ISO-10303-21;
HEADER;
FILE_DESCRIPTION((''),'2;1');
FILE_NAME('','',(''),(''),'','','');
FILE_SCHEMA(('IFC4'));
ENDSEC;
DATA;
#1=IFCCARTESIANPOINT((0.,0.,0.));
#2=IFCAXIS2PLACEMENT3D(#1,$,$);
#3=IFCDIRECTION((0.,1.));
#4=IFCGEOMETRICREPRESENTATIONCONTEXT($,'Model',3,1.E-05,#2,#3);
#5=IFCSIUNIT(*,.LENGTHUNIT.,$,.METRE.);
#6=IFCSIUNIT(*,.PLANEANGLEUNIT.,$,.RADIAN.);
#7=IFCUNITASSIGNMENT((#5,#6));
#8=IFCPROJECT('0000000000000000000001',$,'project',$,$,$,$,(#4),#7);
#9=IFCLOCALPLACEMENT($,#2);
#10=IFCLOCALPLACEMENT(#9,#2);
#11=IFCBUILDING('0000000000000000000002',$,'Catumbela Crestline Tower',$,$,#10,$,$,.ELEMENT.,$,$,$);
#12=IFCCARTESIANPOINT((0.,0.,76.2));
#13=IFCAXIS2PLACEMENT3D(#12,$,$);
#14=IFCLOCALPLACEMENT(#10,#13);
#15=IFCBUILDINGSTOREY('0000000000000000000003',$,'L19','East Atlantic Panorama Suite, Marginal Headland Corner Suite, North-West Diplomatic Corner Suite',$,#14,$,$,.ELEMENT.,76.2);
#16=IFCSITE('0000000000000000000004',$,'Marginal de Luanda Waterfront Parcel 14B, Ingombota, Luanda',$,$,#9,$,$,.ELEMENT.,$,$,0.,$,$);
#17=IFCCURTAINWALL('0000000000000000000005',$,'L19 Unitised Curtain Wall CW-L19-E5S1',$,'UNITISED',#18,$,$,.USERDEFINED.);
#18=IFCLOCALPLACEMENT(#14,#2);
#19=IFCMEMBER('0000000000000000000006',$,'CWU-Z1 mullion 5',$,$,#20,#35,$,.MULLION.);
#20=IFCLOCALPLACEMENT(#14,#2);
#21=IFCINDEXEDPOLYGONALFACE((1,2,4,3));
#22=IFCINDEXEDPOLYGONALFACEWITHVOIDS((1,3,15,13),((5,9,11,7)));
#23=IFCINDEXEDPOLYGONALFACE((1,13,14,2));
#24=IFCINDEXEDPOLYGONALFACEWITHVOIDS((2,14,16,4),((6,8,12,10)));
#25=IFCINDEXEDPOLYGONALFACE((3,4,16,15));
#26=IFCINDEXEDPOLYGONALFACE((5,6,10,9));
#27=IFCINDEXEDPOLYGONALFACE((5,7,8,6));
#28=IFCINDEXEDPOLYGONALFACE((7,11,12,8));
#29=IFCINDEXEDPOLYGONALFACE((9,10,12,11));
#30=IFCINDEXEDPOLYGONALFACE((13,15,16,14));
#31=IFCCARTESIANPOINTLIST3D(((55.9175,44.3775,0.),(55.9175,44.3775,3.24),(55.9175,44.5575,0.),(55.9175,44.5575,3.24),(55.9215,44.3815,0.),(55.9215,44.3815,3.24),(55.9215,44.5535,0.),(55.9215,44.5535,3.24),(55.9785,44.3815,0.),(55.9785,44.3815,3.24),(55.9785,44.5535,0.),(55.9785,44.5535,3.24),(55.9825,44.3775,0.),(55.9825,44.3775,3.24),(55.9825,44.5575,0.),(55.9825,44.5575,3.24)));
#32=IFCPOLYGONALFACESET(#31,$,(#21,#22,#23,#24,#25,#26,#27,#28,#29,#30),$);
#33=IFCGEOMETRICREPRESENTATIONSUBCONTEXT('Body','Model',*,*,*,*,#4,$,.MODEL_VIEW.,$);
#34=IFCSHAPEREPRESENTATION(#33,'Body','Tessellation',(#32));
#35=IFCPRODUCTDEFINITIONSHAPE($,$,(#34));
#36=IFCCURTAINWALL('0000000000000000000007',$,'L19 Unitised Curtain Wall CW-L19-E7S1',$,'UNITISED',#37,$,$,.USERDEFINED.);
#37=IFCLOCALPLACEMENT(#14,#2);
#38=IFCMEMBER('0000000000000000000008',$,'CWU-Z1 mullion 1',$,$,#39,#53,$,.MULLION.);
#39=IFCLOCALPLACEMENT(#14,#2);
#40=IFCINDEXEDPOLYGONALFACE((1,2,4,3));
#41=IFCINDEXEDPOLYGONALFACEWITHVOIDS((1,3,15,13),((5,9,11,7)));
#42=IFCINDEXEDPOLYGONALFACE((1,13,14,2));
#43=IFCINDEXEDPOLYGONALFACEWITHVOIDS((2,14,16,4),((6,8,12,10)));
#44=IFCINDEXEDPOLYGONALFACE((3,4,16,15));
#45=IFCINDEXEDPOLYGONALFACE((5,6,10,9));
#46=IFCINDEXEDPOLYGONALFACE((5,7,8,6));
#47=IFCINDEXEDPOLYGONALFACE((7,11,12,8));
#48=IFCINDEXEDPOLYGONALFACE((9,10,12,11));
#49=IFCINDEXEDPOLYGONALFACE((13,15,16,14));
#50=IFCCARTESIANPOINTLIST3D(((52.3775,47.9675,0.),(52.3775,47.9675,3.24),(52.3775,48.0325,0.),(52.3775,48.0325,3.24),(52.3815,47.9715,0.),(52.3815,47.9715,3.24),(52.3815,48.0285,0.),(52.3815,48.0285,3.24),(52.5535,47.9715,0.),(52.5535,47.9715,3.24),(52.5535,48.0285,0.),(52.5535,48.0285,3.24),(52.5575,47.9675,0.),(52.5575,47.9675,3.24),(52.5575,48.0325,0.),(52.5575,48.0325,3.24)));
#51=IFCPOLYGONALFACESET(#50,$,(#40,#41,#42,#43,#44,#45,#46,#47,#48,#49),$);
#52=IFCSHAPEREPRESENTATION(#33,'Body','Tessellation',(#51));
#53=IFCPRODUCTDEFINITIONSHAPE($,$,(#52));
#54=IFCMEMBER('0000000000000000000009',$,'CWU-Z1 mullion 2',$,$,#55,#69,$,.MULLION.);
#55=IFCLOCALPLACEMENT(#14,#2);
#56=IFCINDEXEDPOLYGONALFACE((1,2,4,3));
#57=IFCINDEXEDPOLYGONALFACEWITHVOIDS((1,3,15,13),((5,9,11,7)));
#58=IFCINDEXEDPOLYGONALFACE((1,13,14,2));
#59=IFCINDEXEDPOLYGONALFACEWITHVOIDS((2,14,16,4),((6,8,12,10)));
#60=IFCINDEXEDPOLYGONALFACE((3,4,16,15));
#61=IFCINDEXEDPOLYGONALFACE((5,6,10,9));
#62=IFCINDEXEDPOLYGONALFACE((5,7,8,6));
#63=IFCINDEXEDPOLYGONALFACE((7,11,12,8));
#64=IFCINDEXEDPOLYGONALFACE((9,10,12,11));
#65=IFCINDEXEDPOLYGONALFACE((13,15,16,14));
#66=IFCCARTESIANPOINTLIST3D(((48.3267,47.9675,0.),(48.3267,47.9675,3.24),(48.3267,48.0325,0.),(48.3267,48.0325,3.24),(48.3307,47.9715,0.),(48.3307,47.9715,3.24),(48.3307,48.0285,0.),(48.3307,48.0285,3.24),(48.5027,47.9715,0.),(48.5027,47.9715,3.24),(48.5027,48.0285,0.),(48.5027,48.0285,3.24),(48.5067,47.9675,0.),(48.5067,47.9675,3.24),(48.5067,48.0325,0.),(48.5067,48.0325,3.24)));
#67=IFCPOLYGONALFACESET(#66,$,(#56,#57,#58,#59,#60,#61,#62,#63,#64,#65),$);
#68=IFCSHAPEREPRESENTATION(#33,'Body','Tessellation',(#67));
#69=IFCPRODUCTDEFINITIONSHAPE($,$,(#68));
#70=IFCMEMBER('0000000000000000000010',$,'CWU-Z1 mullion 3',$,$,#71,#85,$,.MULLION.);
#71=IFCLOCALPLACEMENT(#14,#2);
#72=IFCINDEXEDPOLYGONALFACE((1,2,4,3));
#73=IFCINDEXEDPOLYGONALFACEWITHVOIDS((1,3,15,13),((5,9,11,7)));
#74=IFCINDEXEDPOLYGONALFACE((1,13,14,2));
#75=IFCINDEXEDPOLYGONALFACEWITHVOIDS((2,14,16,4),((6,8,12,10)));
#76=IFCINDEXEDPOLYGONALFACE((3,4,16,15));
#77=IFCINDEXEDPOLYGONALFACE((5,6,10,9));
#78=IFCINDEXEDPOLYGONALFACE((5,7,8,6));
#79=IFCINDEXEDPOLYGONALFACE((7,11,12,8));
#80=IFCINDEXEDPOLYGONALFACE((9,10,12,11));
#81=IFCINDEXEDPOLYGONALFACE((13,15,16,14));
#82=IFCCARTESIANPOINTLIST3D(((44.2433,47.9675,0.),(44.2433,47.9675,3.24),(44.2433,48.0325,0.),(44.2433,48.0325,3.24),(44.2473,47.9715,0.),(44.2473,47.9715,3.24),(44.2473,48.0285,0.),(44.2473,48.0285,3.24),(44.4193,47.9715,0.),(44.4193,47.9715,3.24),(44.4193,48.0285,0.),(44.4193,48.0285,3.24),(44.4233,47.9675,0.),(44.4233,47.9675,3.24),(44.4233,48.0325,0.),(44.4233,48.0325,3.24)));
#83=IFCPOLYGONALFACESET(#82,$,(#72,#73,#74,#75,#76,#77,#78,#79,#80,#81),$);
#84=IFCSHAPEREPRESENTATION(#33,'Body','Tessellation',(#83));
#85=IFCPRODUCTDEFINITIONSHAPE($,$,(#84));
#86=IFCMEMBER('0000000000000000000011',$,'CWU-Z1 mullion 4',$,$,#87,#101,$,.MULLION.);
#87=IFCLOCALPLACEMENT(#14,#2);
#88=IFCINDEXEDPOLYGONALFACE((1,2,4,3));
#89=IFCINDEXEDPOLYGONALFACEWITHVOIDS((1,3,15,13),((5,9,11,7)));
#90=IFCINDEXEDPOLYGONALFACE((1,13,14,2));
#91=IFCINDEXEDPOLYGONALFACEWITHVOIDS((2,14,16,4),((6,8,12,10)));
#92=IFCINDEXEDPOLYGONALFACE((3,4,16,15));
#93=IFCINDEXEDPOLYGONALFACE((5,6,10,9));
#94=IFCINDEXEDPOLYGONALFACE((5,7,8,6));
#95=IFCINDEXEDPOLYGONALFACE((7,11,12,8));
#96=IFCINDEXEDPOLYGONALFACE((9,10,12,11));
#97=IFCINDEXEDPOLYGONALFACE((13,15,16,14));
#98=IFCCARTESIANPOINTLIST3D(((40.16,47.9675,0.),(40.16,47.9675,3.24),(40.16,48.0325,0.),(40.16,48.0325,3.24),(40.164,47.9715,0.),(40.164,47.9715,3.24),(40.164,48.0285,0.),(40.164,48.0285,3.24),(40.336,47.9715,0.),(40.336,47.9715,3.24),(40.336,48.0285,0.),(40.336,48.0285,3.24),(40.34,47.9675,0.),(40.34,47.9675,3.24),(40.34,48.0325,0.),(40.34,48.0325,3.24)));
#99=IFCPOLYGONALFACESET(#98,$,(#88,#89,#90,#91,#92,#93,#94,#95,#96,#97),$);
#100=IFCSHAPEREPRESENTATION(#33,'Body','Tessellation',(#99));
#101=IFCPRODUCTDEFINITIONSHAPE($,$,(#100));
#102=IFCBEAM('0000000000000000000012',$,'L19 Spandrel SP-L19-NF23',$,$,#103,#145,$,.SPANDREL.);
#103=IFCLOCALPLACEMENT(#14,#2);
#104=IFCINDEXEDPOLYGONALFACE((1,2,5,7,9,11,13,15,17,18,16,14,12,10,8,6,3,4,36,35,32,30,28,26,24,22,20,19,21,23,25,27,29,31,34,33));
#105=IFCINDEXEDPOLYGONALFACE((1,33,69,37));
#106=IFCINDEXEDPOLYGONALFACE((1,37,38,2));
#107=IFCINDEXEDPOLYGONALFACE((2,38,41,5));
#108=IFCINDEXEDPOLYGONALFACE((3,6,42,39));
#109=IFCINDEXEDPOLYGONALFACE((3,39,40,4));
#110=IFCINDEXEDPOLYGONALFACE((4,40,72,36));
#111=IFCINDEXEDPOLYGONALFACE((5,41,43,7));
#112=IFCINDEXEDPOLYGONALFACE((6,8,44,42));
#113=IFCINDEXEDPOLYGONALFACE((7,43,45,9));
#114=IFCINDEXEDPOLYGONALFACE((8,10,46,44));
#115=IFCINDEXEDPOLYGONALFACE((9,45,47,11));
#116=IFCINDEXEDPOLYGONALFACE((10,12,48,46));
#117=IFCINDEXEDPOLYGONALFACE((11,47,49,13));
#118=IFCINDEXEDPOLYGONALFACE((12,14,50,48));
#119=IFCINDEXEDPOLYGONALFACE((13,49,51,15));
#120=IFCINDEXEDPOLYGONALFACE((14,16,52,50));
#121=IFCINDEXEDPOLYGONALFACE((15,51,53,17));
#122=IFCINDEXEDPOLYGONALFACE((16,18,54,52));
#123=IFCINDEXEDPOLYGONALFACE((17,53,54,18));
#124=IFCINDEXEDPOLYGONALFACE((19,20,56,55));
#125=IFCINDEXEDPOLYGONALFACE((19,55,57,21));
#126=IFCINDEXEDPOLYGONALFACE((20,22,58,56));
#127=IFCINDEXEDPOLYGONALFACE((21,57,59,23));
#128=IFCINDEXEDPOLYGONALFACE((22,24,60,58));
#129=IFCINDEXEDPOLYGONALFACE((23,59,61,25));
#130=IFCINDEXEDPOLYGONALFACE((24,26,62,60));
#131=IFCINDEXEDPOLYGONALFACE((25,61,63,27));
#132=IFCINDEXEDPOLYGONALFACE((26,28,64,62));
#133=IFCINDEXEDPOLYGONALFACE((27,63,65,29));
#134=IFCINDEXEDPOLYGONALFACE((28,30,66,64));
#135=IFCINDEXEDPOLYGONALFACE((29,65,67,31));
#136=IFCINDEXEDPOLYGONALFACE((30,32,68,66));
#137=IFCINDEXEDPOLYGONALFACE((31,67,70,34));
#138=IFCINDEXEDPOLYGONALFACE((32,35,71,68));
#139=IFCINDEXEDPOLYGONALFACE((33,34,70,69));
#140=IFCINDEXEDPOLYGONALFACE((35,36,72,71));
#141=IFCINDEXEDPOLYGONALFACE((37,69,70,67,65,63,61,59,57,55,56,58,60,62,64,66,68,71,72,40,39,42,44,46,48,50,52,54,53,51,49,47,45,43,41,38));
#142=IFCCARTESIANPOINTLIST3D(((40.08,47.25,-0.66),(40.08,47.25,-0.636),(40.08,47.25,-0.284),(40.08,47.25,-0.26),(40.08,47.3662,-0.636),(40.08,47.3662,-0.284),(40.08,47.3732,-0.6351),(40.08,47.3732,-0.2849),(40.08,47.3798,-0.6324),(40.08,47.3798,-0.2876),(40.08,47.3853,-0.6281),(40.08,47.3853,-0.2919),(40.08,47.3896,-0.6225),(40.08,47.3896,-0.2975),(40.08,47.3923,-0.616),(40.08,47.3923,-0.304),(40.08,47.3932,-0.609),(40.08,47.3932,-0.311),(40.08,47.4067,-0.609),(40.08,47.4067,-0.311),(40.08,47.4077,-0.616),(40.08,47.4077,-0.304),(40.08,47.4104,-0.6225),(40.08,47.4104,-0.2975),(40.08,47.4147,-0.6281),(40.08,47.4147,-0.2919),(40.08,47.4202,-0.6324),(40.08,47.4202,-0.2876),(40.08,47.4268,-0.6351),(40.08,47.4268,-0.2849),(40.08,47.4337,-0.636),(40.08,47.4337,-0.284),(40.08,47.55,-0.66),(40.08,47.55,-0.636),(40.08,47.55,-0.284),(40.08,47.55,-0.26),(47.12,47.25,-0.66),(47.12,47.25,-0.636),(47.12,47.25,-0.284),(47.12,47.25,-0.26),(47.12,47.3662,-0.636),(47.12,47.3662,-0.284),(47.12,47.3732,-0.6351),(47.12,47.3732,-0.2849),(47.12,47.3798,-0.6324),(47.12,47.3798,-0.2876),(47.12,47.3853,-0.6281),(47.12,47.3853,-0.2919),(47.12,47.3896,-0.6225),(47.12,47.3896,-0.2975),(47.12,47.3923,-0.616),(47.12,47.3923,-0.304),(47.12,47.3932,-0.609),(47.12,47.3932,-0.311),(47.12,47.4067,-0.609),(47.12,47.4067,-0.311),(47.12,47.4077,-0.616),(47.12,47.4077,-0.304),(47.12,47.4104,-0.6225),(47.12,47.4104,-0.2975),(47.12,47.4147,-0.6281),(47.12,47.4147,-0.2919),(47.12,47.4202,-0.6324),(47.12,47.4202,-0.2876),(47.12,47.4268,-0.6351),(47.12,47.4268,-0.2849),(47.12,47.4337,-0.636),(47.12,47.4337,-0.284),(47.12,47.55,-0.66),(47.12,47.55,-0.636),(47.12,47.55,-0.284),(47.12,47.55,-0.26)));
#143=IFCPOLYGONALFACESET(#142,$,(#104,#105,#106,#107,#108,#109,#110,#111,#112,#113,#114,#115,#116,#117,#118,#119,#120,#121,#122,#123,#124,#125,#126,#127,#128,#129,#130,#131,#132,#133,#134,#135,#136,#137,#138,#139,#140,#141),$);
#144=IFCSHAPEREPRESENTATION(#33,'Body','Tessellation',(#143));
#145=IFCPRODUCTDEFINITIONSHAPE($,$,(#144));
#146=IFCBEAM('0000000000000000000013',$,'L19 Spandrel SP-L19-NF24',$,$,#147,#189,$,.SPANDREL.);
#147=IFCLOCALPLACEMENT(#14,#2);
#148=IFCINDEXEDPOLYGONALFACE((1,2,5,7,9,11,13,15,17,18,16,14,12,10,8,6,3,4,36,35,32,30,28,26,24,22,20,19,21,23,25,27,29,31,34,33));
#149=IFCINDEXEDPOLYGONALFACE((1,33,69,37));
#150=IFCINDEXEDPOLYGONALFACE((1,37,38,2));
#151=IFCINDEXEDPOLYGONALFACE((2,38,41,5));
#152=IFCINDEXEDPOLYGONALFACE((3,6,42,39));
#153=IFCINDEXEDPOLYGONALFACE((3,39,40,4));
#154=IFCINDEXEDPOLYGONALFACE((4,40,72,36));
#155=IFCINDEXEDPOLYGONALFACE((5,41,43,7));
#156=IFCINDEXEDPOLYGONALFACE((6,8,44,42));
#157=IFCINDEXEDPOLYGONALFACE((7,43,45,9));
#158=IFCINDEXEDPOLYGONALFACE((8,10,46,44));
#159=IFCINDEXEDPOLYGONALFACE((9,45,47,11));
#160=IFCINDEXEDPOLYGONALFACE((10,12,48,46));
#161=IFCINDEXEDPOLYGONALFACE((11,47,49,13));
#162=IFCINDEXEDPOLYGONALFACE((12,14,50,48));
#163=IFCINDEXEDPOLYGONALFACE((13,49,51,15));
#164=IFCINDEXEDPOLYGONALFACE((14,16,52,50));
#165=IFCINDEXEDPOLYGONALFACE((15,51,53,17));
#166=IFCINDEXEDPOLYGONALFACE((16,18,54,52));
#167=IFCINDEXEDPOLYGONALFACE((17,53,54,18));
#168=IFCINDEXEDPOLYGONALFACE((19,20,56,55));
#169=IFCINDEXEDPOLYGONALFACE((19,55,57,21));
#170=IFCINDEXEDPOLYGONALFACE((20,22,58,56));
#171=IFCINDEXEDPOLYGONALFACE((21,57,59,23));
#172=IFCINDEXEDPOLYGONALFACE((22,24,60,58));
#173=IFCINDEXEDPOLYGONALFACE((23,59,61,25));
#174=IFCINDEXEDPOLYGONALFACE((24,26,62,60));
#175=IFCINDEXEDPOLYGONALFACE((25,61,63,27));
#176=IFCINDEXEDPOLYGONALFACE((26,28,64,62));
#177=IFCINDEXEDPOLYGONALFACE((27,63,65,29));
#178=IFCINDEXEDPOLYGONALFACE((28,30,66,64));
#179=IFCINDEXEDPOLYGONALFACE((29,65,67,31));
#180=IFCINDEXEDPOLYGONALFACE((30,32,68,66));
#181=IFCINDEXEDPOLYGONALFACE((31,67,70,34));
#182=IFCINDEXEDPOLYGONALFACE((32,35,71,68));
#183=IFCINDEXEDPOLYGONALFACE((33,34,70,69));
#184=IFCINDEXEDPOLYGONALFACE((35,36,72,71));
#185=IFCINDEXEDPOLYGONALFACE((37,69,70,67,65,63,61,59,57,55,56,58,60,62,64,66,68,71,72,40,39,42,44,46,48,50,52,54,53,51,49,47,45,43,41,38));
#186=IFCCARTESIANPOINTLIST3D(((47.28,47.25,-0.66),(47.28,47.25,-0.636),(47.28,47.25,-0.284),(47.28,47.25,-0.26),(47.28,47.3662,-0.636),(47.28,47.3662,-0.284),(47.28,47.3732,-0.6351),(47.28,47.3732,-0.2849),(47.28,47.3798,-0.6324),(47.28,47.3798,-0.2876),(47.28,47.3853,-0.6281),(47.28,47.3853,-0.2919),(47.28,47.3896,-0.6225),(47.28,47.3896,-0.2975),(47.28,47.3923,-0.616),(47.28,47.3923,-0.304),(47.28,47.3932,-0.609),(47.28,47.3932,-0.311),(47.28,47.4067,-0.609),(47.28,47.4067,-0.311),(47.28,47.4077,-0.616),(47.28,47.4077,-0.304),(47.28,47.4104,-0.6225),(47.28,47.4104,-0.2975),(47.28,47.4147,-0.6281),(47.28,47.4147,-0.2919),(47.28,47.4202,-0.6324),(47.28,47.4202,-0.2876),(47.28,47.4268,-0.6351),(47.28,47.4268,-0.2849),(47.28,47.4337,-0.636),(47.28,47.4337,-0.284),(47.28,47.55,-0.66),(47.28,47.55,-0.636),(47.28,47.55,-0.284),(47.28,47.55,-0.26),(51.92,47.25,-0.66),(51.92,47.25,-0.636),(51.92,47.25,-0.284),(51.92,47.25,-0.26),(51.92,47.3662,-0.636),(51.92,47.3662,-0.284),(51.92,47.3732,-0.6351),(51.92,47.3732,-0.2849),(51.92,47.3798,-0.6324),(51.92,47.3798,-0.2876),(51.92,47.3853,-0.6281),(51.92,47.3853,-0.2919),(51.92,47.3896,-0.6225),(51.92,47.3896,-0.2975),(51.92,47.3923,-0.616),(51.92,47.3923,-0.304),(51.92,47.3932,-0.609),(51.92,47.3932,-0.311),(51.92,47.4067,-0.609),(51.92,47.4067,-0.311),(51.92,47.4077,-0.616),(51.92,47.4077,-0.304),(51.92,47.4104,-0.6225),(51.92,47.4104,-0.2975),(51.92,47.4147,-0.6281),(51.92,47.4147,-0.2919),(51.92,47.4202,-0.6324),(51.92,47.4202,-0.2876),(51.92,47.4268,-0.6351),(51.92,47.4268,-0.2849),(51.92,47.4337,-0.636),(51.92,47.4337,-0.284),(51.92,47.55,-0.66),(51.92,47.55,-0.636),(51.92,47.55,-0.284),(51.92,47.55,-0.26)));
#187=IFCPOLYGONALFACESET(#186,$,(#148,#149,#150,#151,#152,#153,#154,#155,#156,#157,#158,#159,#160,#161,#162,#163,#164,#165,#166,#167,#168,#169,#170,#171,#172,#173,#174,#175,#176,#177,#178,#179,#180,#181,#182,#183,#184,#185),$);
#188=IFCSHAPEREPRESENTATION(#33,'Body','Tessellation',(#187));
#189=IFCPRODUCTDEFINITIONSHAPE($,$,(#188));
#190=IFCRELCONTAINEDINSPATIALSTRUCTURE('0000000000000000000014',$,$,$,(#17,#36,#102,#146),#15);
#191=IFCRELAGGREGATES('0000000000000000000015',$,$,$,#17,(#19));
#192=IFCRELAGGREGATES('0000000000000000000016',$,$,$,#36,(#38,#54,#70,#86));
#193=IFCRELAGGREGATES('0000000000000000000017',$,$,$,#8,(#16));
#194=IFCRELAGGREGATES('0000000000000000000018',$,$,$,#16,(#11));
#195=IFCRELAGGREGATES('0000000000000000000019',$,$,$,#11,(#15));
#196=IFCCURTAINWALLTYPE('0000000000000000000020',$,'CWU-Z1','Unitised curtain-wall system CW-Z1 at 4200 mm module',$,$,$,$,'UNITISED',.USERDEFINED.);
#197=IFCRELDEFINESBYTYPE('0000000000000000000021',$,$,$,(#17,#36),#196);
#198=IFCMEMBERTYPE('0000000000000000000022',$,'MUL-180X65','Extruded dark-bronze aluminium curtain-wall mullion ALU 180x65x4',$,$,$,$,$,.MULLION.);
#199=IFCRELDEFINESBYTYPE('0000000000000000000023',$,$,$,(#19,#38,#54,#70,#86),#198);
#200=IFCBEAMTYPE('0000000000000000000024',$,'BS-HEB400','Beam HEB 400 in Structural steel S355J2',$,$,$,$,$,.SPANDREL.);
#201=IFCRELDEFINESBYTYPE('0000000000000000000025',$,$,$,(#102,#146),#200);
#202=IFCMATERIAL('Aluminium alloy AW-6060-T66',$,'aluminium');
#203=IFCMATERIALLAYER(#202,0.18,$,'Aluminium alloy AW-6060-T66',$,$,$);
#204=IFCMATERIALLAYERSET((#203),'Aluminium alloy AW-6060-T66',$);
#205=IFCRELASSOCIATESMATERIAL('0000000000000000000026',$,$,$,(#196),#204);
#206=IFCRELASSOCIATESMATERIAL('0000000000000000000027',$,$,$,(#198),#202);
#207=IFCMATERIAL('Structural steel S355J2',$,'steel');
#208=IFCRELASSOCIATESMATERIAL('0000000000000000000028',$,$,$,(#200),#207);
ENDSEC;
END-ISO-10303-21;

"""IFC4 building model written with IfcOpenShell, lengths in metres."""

from ifc_helpers import new_model, si_unit, direction, frame, origin, origin_2d, place, context, subcontext, project, spatial, hollow_rectangle, i_section, extrude, material, layer, layer_set, material_profile, profile_set, type_object, element, aggregate, save


model = new_model("IFC4")

# Units and contexts
model_context = context("Model", 3, precision=1e-05, world=origin(), true_north=direction((0.0, 1.0)))
body_context = subcontext(model_context, "Body", "Model", "MODEL_VIEW")
ifc_project = project(units=[si_unit("LENGTHUNIT", "METRE"), si_unit("PLANEANGLEUNIT", "RADIAN")], contexts=[model_context])

# Site, building, storey
site_placement = place(None, origin())
site = spatial("IfcSite", under=ifc_project, at=site_placement, Name="Marginal de Luanda Waterfront Parcel 14B, Ingombota, Luanda", CompositionType="ELEMENT", RefElevation=0.0)
building_placement = place(site_placement, origin())
building = spatial("IfcBuilding", under=site, at=building_placement, Name="Catumbela Crestline Tower", CompositionType="ELEMENT")
storey_placement = place(building_placement, frame((0.0, 0.0, 76.2)))
storey = spatial("IfcBuildingStorey", under=building, at=storey_placement, Name="L19", Description="East Atlantic Panorama Suite, Marginal Headland Corner Suite, North-West Diplomatic Corner Suite", CompositionType="ELEMENT", Elevation=76.2)

# Curtain wall, member
ifc_material_1 = material(Name="Aluminium alloy AW-6060-T66", Category="aluminium")
ifc_layer_1 = layer(ifc_material_1, 0.18, Name="Aluminium alloy AW-6060-T66")
ifc_layer_set_1 = layer_set([ifc_layer_1], Name="Aluminium alloy AW-6060-T66")
curtain_wall_type = type_object("IfcCurtainWallType", Name="CWU-Z1", Description="Unitised curtain-wall system CW-Z1 at 4200 mm module", ElementType="UNITISED", PredefinedType="USERDEFINED", material=ifc_layer_set_1)
curtain_wall_1_placement = place(storey_placement, origin())
curtain_wall_1 = element("IfcCurtainWall", 1, at=curtain_wall_1_placement, inside=storey, type_object=curtain_wall_type, Name="L19 Unitised Curtain Wall CW-L19-E5S1", ObjectType="UNITISED", PredefinedType="USERDEFINED")
ifc_material_profile_1 = material_profile(ifc_material_1, hollow_rectangle(XDim=0.065, YDim=0.18, WallThickness=0.004, at=origin_2d()), Name="ALU 180x65x4")
ifc_profile_set_1 = profile_set([ifc_material_profile_1], Name="Aluminium alloy AW-6060-T66")
member_type_1 = type_object("IfcMemberType", Name="MUL-180X65", Description="Extruded dark-bronze aluminium curtain-wall mullion ALU 180x65x4", PredefinedType="MULLION", material=ifc_profile_set_1)
member_1_placement = place(storey_placement, frame((55.95, 44.4675, 0.0), z_axis=(0.0, 0.0, 1.0), x_axis=(-1.0, 0.0, 0.0)))
member_1 = element("IfcMember", 2, at=member_1_placement, type_object=member_type_1, Name="CWU-Z1 mullion 5", PredefinedType="MULLION", context=body_context, shape_type="SweptSolid", body=[
    extrude(hollow_rectangle(XDim=0.065, YDim=0.18, WallThickness=0.004, at=origin_2d()), origin(), (0.0, 0.0, 1.0), 3.24),
])

# Curtain wall, members
curtain_wall_2_placement = place(storey_placement, origin())
curtain_wall_2 = element("IfcCurtainWall", 3, at=curtain_wall_2_placement, inside=storey, type_object=curtain_wall_type, Name="L19 Unitised Curtain Wall CW-L19-E7S1", ObjectType="UNITISED", PredefinedType="USERDEFINED")
member_2_placement = place(storey_placement, frame((52.4675, 48.0, 0.0), z_axis=(0.0, 0.0, 1.0), x_axis=(0.0, -1.0, 0.0)))
member_2 = element("IfcMember", 4, at=member_2_placement, type_object=member_type_1, Name="CWU-Z1 mullion 1", PredefinedType="MULLION", context=body_context, shape_type="SweptSolid", body=[
    extrude(hollow_rectangle(XDim=0.065, YDim=0.18, WallThickness=0.004, at=origin_2d()), origin(), (0.0, 0.0, 1.0), 3.24),
])
member_3_placement = place(storey_placement, frame((48.4167, 48.0, 0.0), z_axis=(0.0, 0.0, 1.0), x_axis=(0.0, -1.0, 0.0)))
member_3 = element("IfcMember", 5, at=member_3_placement, type_object=member_type_1, Name="CWU-Z1 mullion 2", PredefinedType="MULLION", context=body_context, shape_type="SweptSolid", body=[
    extrude(hollow_rectangle(XDim=0.065, YDim=0.18, WallThickness=0.004, at=origin_2d()), origin(), (0.0, 0.0, 1.0), 3.24),
])
member_4_placement = place(storey_placement, frame((44.3333, 48.0, 0.0), z_axis=(0.0, 0.0, 1.0), x_axis=(0.0, -1.0, 0.0)))
member_4 = element("IfcMember", 6, at=member_4_placement, type_object=member_type_1, Name="CWU-Z1 mullion 3", PredefinedType="MULLION", context=body_context, shape_type="SweptSolid", body=[
    extrude(hollow_rectangle(XDim=0.065, YDim=0.18, WallThickness=0.004, at=origin_2d()), origin(), (0.0, 0.0, 1.0), 3.24),
])
member_5_placement = place(storey_placement, frame((40.25, 48.0, 0.0), z_axis=(0.0, 0.0, 1.0), x_axis=(0.0, -1.0, 0.0)))
member_5 = element("IfcMember", 7, at=member_5_placement, type_object=member_type_1, Name="CWU-Z1 mullion 4", PredefinedType="MULLION", context=body_context, shape_type="SweptSolid", body=[
    extrude(hollow_rectangle(XDim=0.065, YDim=0.18, WallThickness=0.004, at=origin_2d()), origin(), (0.0, 0.0, 1.0), 3.24),
])

# Beams
ifc_material_2 = material(Name="Structural steel S355J2", Category="steel")
ifc_material_profile_2 = material_profile(ifc_material_2, i_section(OverallWidth=0.3, OverallDepth=0.4, WebThickness=0.0135, FlangeThickness=0.024, FilletRadius=0.027, at=origin_2d()), Name="HEB 400")
ifc_profile_set_2 = profile_set([ifc_material_profile_2], Name="Structural steel S355J2")
beam_type = type_object("IfcBeamType", Name="BS-HEB400", Description="Beam HEB 400 in Structural steel S355J2", PredefinedType="SPANDREL", material=ifc_profile_set_2)
beam_1_placement = place(storey_placement, frame((40.08, 47.4, -0.46), z_axis=(1.0, 0.0, 0.0), x_axis=(0.0, 1.0, 0.0)))
element("IfcBeam", 8, at=beam_1_placement, inside=storey, type_object=beam_type, Name="L19 Spandrel SP-L19-NF23", PredefinedType="SPANDREL", context=body_context, shape_type="SweptSolid", body=[
    extrude(i_section(OverallWidth=0.3, OverallDepth=0.4, WebThickness=0.0135, FlangeThickness=0.024, FilletRadius=0.027, at=origin_2d()), origin(), (0.0, 0.0, 1.0), 7.04),
])
beam_2_placement = place(storey_placement, frame((47.28, 47.4, -0.46), z_axis=(1.0, 0.0, 0.0), x_axis=(0.0, 1.0, 0.0)))
element("IfcBeam", 9, at=beam_2_placement, inside=storey, type_object=beam_type, Name="L19 Spandrel SP-L19-NF24", PredefinedType="SPANDREL", context=body_context, shape_type="SweptSolid", body=[
    extrude(i_section(OverallWidth=0.3, OverallDepth=0.4, WebThickness=0.0135, FlangeThickness=0.024, FilletRadius=0.027, at=origin_2d()), origin(), (0.0, 0.0, 1.0), 4.64),
])

aggregate(curtain_wall_1, [member_1])
aggregate(curtain_wall_2, [member_2, member_3, member_4, member_5])

save(model, "model.ifc")
